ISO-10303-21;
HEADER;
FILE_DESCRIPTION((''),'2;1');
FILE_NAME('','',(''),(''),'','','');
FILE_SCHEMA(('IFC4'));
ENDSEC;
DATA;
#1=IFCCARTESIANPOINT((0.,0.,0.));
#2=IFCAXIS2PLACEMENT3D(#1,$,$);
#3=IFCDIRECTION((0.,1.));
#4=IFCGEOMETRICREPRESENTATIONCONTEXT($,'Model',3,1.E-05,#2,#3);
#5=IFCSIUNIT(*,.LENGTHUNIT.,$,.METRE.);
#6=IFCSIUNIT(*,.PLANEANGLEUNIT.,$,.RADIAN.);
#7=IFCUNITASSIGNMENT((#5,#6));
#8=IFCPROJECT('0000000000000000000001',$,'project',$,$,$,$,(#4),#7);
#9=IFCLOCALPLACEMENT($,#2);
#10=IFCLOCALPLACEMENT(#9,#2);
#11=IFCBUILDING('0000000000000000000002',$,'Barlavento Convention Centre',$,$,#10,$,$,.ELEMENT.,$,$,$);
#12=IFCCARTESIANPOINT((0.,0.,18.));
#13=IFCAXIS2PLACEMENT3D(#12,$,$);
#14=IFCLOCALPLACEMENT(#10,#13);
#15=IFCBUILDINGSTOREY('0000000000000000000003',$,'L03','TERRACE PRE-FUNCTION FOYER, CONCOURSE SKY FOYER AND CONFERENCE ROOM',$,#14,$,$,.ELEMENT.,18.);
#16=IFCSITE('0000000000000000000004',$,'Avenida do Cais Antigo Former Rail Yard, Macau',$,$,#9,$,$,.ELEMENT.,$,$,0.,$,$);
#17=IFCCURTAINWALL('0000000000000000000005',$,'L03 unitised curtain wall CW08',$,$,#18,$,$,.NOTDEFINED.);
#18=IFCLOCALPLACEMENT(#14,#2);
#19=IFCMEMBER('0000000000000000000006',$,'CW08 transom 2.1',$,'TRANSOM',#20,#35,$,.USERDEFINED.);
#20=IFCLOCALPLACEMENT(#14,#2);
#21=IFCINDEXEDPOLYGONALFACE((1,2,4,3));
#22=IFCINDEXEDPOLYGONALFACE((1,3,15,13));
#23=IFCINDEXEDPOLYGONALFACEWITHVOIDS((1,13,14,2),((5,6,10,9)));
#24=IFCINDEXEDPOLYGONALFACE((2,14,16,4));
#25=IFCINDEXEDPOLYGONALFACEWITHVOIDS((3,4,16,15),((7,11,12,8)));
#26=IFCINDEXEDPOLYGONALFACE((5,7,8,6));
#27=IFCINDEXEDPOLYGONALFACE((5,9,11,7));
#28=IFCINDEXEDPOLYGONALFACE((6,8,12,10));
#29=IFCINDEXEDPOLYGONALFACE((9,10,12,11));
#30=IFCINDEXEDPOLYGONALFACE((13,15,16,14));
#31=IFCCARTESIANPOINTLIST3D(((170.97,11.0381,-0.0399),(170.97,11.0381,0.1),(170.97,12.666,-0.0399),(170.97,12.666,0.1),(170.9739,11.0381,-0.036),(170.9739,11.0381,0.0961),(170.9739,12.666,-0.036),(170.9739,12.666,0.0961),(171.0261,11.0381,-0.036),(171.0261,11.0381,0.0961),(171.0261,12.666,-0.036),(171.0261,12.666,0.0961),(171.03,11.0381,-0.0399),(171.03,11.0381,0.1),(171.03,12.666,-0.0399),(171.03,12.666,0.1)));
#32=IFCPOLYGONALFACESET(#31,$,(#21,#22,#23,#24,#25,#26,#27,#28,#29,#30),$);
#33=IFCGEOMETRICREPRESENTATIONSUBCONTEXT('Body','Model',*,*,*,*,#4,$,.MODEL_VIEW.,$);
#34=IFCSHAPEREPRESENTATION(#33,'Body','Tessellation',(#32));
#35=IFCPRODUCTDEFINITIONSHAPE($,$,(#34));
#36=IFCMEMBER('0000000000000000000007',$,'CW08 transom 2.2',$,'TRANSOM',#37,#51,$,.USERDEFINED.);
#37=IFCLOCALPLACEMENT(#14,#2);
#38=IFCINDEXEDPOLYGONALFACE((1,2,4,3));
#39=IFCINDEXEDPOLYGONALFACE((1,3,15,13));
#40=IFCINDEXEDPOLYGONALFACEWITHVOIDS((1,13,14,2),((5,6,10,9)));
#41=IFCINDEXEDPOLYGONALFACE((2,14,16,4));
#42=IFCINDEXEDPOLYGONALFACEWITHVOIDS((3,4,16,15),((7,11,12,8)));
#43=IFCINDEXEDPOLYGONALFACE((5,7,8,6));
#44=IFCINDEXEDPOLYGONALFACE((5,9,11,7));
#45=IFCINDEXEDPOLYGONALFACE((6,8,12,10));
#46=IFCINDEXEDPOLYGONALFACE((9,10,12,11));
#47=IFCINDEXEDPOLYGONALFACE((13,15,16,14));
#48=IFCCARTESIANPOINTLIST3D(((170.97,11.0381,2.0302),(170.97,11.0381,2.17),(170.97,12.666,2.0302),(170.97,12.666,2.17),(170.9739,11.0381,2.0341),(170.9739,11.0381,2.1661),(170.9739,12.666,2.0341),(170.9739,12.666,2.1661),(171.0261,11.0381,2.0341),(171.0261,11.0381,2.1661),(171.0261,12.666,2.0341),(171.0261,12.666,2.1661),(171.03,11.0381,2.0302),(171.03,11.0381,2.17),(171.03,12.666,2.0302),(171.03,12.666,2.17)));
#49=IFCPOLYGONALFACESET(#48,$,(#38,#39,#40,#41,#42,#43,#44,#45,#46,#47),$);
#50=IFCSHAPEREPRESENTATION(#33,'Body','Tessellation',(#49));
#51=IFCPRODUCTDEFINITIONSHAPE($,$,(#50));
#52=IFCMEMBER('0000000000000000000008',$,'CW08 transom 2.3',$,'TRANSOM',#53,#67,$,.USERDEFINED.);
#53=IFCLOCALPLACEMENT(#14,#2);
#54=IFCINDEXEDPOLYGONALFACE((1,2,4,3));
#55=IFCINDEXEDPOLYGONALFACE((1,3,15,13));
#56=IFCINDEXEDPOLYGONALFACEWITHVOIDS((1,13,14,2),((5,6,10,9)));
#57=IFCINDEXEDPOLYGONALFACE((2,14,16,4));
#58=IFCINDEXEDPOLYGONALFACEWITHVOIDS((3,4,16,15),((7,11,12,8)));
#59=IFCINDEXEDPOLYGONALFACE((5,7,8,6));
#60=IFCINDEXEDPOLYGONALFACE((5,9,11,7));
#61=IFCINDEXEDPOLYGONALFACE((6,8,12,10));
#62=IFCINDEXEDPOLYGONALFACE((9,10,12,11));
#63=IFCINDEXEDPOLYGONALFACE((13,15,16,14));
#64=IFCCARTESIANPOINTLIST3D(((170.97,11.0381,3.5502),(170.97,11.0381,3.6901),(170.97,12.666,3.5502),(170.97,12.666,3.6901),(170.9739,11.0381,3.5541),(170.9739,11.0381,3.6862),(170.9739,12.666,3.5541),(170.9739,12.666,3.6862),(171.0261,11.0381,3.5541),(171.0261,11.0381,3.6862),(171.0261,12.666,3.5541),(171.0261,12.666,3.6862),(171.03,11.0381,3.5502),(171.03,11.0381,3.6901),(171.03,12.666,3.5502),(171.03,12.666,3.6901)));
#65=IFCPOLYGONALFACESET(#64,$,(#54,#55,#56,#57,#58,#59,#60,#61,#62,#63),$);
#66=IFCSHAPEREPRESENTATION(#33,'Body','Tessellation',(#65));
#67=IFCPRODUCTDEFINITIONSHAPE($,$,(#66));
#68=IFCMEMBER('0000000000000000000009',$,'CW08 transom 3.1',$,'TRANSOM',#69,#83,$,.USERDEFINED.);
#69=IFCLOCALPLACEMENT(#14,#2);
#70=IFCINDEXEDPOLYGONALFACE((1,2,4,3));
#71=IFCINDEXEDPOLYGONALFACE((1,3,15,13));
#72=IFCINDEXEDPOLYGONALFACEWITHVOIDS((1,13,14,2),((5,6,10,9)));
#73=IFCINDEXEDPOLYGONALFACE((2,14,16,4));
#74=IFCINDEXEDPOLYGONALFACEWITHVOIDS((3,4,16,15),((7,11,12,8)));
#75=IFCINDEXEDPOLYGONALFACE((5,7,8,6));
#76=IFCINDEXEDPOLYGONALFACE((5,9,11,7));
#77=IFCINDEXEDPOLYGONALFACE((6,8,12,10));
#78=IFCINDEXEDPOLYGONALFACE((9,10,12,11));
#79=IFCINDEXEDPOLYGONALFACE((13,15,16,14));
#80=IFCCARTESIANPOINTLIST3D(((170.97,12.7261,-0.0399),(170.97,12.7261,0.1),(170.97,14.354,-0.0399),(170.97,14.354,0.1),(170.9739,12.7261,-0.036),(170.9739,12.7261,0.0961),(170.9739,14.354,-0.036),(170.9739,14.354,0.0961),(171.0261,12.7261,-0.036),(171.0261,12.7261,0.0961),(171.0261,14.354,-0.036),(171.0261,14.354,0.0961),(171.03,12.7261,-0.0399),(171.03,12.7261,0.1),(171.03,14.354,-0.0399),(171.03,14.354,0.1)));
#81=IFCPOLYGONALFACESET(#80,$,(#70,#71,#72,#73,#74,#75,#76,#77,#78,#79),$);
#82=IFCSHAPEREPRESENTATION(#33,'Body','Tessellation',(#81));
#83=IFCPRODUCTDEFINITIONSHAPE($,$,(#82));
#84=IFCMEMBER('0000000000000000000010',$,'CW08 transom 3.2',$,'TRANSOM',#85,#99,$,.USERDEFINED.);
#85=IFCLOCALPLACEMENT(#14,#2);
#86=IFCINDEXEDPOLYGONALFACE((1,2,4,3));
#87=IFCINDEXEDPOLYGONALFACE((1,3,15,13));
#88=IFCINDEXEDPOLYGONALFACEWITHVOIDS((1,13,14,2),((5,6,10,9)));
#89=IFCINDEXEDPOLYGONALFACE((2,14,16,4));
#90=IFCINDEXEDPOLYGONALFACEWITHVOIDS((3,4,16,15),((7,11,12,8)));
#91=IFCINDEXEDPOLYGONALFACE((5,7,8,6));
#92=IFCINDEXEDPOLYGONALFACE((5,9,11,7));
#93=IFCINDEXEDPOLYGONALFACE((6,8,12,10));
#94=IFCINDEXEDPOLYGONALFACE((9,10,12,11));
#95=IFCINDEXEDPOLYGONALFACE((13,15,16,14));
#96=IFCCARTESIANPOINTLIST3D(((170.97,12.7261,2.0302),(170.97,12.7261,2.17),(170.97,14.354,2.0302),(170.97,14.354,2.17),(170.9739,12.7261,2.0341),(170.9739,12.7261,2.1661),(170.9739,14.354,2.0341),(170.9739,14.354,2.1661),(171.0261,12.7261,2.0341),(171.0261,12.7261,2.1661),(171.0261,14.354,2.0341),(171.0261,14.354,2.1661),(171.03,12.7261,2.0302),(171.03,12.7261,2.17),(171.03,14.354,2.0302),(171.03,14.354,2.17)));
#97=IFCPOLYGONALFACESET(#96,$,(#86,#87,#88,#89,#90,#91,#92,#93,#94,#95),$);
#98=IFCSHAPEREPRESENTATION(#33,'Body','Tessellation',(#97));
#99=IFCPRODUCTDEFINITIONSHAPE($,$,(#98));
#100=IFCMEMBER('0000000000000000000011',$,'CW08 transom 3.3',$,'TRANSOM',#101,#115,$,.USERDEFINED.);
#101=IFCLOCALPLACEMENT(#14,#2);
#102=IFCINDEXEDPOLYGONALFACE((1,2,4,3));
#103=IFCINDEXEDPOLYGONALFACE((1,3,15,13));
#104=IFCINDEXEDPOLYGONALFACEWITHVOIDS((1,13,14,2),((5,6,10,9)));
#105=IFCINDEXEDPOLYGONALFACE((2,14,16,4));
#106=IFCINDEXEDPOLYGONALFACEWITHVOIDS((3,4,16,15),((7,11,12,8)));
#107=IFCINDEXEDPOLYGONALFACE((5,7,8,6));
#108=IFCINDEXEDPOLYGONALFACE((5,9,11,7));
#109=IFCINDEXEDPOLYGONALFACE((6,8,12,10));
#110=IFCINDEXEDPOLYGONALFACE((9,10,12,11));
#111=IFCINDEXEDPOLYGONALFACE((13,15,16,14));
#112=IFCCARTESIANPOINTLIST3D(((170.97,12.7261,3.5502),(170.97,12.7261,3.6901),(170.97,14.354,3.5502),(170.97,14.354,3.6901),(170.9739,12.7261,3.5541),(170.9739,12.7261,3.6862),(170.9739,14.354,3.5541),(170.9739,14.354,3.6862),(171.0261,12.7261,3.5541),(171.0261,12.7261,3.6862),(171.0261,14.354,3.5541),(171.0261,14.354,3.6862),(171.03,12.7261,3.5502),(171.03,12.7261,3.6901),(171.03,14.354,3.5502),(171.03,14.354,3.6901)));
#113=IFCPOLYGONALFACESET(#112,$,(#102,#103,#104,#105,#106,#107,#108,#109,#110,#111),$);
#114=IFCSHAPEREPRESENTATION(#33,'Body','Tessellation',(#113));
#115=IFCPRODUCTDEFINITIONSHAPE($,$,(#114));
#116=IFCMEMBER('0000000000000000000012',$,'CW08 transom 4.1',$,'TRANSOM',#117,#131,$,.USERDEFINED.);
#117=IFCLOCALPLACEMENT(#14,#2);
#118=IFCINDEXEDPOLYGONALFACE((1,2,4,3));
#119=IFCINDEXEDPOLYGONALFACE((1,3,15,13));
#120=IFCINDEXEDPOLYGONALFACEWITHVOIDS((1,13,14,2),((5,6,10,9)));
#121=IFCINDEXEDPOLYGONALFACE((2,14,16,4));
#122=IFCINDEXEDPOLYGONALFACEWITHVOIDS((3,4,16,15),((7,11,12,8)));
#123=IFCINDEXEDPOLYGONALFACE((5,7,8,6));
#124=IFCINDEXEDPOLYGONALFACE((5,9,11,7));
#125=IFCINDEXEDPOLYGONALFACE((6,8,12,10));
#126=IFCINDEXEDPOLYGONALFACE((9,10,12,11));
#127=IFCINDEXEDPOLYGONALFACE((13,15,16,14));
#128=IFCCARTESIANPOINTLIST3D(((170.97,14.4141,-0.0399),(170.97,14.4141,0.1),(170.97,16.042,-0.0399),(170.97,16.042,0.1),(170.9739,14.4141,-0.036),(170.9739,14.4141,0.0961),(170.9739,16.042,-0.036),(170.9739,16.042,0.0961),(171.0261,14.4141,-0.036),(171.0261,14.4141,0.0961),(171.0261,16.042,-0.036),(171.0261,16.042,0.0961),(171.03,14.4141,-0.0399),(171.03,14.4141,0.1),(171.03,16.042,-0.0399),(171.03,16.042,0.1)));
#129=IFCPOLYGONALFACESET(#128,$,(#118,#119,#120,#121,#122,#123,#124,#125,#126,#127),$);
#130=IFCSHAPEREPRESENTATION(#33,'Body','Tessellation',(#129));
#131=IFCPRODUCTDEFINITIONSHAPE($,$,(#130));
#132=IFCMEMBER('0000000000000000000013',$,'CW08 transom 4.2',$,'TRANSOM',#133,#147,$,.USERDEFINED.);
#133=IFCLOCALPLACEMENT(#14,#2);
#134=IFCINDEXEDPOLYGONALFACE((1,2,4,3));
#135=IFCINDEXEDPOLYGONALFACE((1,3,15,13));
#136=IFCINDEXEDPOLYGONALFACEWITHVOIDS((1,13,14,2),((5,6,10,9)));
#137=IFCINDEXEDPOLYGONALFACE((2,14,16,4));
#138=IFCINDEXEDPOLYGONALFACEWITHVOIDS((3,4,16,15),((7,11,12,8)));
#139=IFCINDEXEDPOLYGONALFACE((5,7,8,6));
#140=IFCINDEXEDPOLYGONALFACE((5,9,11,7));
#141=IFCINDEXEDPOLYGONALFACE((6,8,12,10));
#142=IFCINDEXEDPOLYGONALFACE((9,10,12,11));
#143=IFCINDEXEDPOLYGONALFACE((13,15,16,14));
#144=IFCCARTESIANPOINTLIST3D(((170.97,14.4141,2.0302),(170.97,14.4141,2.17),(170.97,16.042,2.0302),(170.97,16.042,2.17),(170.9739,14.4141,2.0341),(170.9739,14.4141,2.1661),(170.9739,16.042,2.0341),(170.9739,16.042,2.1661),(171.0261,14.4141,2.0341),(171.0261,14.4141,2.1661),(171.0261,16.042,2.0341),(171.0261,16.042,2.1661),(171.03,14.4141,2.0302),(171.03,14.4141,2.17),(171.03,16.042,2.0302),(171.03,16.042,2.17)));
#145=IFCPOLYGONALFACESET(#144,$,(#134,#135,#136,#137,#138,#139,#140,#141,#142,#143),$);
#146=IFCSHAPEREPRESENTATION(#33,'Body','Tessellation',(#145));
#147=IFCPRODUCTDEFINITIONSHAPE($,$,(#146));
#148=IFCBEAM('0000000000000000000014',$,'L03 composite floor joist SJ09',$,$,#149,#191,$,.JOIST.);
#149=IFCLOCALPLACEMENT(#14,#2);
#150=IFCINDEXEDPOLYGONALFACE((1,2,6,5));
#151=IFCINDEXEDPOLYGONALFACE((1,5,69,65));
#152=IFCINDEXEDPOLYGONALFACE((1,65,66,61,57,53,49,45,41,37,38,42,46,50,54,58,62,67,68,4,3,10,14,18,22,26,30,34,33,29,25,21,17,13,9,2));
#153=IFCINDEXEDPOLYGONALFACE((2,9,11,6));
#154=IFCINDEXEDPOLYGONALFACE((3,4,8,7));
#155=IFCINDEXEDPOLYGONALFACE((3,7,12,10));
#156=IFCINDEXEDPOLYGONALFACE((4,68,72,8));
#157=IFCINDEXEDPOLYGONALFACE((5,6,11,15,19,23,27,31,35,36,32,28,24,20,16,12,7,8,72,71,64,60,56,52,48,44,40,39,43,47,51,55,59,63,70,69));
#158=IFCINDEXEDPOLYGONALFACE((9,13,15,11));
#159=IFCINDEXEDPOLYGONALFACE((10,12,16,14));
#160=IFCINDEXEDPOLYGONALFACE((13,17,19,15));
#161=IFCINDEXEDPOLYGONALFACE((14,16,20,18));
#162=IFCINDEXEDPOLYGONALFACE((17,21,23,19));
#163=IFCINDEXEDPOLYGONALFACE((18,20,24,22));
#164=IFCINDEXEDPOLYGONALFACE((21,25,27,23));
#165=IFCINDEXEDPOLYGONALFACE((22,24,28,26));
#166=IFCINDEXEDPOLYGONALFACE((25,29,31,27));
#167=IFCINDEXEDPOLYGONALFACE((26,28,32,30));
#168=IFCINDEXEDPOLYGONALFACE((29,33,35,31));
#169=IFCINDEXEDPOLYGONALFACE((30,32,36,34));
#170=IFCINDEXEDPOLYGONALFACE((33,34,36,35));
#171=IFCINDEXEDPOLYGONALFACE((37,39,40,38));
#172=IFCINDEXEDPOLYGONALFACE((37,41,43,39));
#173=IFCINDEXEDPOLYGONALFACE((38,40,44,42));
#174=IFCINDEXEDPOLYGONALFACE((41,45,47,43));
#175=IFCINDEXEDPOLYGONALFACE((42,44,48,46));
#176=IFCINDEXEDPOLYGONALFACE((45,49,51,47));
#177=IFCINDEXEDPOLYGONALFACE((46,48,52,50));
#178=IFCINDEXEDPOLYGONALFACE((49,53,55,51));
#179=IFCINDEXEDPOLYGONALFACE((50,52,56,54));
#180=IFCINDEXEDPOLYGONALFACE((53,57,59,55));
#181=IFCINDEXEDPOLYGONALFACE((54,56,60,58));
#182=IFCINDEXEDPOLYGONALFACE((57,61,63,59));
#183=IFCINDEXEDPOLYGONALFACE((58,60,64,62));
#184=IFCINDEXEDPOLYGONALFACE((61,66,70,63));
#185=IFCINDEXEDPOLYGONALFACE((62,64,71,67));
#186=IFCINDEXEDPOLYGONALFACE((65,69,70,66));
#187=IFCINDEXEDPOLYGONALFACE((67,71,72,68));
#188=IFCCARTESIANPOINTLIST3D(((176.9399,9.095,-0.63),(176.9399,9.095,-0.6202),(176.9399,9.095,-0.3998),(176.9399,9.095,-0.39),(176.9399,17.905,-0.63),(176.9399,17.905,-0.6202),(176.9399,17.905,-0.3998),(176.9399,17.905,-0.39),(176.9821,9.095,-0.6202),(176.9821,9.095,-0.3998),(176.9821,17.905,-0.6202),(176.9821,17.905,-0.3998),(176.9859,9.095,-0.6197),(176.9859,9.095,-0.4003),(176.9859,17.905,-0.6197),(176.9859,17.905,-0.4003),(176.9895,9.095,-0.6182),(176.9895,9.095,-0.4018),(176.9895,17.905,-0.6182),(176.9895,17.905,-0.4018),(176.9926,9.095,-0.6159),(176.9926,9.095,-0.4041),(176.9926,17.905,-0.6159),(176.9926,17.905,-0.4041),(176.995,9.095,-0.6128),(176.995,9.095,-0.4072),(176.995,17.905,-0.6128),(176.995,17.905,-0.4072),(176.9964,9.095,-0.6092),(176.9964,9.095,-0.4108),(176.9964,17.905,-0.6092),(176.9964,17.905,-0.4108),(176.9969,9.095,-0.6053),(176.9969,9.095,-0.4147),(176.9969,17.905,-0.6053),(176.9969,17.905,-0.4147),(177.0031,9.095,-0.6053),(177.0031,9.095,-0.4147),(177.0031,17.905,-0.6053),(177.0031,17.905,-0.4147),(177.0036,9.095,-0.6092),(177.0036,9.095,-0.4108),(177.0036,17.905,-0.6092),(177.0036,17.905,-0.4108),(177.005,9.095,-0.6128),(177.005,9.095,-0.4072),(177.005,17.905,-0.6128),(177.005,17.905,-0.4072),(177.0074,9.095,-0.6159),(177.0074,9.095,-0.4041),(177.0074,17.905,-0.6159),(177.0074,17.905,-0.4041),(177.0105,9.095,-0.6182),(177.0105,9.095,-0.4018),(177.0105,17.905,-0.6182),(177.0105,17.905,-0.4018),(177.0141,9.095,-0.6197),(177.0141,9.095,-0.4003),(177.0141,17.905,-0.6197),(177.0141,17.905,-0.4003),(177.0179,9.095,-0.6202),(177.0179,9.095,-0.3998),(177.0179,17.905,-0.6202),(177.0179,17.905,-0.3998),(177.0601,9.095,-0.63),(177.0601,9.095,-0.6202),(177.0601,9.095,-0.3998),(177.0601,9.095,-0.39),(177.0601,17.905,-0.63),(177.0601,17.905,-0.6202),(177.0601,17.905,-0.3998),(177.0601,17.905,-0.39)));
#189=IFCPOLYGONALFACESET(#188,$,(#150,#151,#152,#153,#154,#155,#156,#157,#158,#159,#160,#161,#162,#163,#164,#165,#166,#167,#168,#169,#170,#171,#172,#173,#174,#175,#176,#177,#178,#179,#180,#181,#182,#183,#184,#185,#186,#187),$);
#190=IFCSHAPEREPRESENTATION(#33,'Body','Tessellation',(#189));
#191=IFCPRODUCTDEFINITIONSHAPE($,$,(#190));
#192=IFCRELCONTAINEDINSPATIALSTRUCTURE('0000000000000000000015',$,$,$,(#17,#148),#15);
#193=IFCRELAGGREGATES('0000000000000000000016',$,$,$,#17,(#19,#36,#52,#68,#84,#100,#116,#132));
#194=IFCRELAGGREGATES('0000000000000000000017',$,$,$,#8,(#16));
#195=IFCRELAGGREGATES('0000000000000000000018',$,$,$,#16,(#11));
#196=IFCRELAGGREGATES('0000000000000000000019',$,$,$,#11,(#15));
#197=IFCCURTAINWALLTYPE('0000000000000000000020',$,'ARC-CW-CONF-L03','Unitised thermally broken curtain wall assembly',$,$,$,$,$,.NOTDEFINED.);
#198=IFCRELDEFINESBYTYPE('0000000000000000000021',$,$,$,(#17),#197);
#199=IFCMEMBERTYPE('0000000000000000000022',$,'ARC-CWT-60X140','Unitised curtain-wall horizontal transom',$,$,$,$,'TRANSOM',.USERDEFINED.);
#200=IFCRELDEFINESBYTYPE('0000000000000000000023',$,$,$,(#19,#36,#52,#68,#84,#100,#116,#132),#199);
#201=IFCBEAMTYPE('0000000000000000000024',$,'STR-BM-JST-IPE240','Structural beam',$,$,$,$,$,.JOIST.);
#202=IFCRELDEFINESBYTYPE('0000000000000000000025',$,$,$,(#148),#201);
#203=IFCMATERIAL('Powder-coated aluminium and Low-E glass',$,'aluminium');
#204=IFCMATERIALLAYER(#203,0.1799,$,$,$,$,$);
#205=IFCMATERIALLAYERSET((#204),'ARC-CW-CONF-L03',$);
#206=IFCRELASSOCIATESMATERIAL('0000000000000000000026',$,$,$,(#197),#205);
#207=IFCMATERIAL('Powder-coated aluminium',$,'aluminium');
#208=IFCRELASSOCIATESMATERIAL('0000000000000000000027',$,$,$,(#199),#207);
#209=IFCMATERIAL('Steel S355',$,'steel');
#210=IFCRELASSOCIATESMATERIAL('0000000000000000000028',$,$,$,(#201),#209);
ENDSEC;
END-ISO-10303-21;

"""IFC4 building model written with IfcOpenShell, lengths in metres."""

from ifc_helpers import new_model, si_unit, direction, frame, origin, origin_2d, place, context, subcontext, project, spatial, hollow_rectangle, i_section, extrude, material, layer, layer_set, material_profile, profile_set, type_object, element, aggregate, save


model = new_model("IFC4")

# Units and contexts
model_context = context("Model", 3, precision=1e-05, world=origin(), true_north=direction((0.0, 1.0)))
body_context = subcontext(model_context, "Body", "Model", "MODEL_VIEW")
ifc_project = project(units=[si_unit("LENGTHUNIT", "METRE"), si_unit("PLANEANGLEUNIT", "RADIAN")], contexts=[model_context])

# Site, building, storey
site_placement = place(None, origin())
site = spatial("IfcSite", under=ifc_project, at=site_placement, Name="Avenida do Cais Antigo Former Rail Yard, Macau", CompositionType="ELEMENT", RefElevation=0.0)
building_placement = place(site_placement, origin())
building = spatial("IfcBuilding", under=site, at=building_placement, Name="Barlavento Convention Centre", CompositionType="ELEMENT")
storey_placement = place(building_placement, frame((0.0, 0.0, 18.0)))
storey = spatial("IfcBuildingStorey", under=building, at=storey_placement, Name="L03", Description="TERRACE PRE-FUNCTION FOYER, CONCOURSE SKY FOYER AND CONFERENCE ROOM", CompositionType="ELEMENT", Elevation=18.0)

# Curtain wall
ifc_material_1 = material(Name="Powder-coated aluminium and Low-E glass", Category="aluminium")
ifc_layer_1 = layer(ifc_material_1, 0.1799)
ifc_layer_set_1 = layer_set([ifc_layer_1], Name="ARC-CW-CONF-L03")
curtain_wall_type = type_object("IfcCurtainWallType", Name="ARC-CW-CONF-L03", Description="Unitised thermally broken curtain wall assembly", PredefinedType="NOTDEFINED", material=ifc_layer_set_1)
ifc_material_2 = material(Name="Powder-coated aluminium", Category="aluminium")
curtain_wall_1_placement = place(storey_placement, origin())
curtain_wall_1 = element("IfcCurtainWall", 1, at=curtain_wall_1_placement, inside=storey, type_object=curtain_wall_type, Name="L03 unitised curtain wall CW08", PredefinedType="NOTDEFINED")

# Members
ifc_material_profile_1 = material_profile(ifc_material_2, hollow_rectangle(XDim=0.0601, YDim=0.1399, WallThickness=0.0039, at=origin_2d()), Name="AL-TRAN 60x140x4")
ifc_profile_set_1 = profile_set([ifc_material_profile_1], Name="Powder-coated aluminium")
member_type_1 = type_object("IfcMemberType", Name="ARC-CWT-60X140", Description="Unitised curtain-wall horizontal transom", ElementType="TRANSOM", PredefinedType="USERDEFINED", material=ifc_profile_set_1)
member_1_placement = place(storey_placement, frame((171.0, 11.0381, 0.03), z_axis=(0.0, 1.0, 0.0), x_axis=(-1.0, 0.0, 0.0)))
member_1 = element("IfcMember", 2, at=member_1_placement, type_object=member_type_1, Name="CW08 transom 2.1", ObjectType="TRANSOM", PredefinedType="USERDEFINED", context=body_context, shape_type="SweptSolid", body=[
    extrude(hollow_rectangle(XDim=0.0601, YDim=0.1399, WallThickness=0.0039, at=origin_2d()), origin(), (0.0, 0.0, 1.0), 1.6279),
])
member_2_placement = place(storey_placement, frame((171.0, 11.0381, 2.1001), z_axis=(0.0, 1.0, 0.0), x_axis=(-1.0, 0.0, 0.0)))
member_2 = element("IfcMember", 3, at=member_2_placement, type_object=member_type_1, Name="CW08 transom 2.2", ObjectType="TRANSOM", PredefinedType="USERDEFINED", context=body_context, shape_type="SweptSolid", body=[
    extrude(hollow_rectangle(XDim=0.0601, YDim=0.1399, WallThickness=0.0039, at=origin_2d()), origin(), (0.0, 0.0, 1.0), 1.6279),
])
member_3_placement = place(storey_placement, frame((171.0, 11.0381, 3.6201), z_axis=(0.0, 1.0, 0.0), x_axis=(-1.0, 0.0, 0.0)))
member_3 = element("IfcMember", 4, at=member_3_placement, type_object=member_type_1, Name="CW08 transom 2.3", ObjectType="TRANSOM", PredefinedType="USERDEFINED", context=body_context, shape_type="SweptSolid", body=[
    extrude(hollow_rectangle(XDim=0.0601, YDim=0.1399, WallThickness=0.0039, at=origin_2d()), origin(), (0.0, 0.0, 1.0), 1.6279),
])
member_4_placement = place(storey_placement, frame((171.0, 12.7261, 0.03), z_axis=(0.0, 1.0, 0.0), x_axis=(-1.0, 0.0, 0.0)))
member_4 = element("IfcMember", 5, at=member_4_placement, type_object=member_type_1, Name="CW08 transom 3.1", ObjectType="TRANSOM", PredefinedType="USERDEFINED", context=body_context, shape_type="SweptSolid", body=[
    extrude(hollow_rectangle(XDim=0.0601, YDim=0.1399, WallThickness=0.0039, at=origin_2d()), origin(), (0.0, 0.0, 1.0), 1.6279),
])
member_5_placement = place(storey_placement, frame((171.0, 12.7261, 2.1001), z_axis=(0.0, 1.0, 0.0), x_axis=(-1.0, 0.0, 0.0)))
member_5 = element("IfcMember", 6, at=member_5_placement, type_object=member_type_1, Name="CW08 transom 3.2", ObjectType="TRANSOM", PredefinedType="USERDEFINED", context=body_context, shape_type="SweptSolid", body=[
    extrude(hollow_rectangle(XDim=0.0601, YDim=0.1399, WallThickness=0.0039, at=origin_2d()), origin(), (0.0, 0.0, 1.0), 1.6279),
])
member_6_placement = place(storey_placement, frame((171.0, 12.7261, 3.6201), z_axis=(0.0, 1.0, 0.0), x_axis=(-1.0, 0.0, 0.0)))
member_6 = element("IfcMember", 7, at=member_6_placement, type_object=member_type_1, Name="CW08 transom 3.3", ObjectType="TRANSOM", PredefinedType="USERDEFINED", context=body_context, shape_type="SweptSolid", body=[
    extrude(hollow_rectangle(XDim=0.0601, YDim=0.1399, WallThickness=0.0039, at=origin_2d()), origin(), (0.0, 0.0, 1.0), 1.6279),
])
member_7_placement = place(storey_placement, frame((171.0, 14.4141, 0.03), z_axis=(0.0, 1.0, 0.0), x_axis=(-1.0, 0.0, 0.0)))
member_7 = element("IfcMember", 8, at=member_7_placement, type_object=member_type_1, Name="CW08 transom 4.1", ObjectType="TRANSOM", PredefinedType="USERDEFINED", context=body_context, shape_type="SweptSolid", body=[
    extrude(hollow_rectangle(XDim=0.0601, YDim=0.1399, WallThickness=0.0039, at=origin_2d()), origin(), (0.0, 0.0, 1.0), 1.6279),
])
member_8_placement = place(storey_placement, frame((171.0, 14.4141, 2.1001), z_axis=(0.0, 1.0, 0.0), x_axis=(-1.0, 0.0, 0.0)))
member_8 = element("IfcMember", 9, at=member_8_placement, type_object=member_type_1, Name="CW08 transom 4.2", ObjectType="TRANSOM", PredefinedType="USERDEFINED", context=body_context, shape_type="SweptSolid", body=[
    extrude(hollow_rectangle(XDim=0.0601, YDim=0.1399, WallThickness=0.0039, at=origin_2d()), origin(), (0.0, 0.0, 1.0), 1.6279),
])

# Beam
ifc_material_3 = material(Name="Steel S355", Category="steel")
ifc_material_profile_2 = material_profile(ifc_material_3, i_section(OverallWidth=0.1201, OverallDepth=0.24, WebThickness=0.0061, FlangeThickness=0.0098, FilletRadius=0.0149, at=origin_2d()), Name="IPE 240")
ifc_profile_set_2 = profile_set([ifc_material_profile_2], Name="Steel S355")
beam_type_1 = type_object("IfcBeamType", Name="STR-BM-JST-IPE240", Description="Structural beam", PredefinedType="JOIST", material=ifc_profile_set_2)
beam_1_placement = place(storey_placement, frame((177.0, 9.095, -0.51), z_axis=(0.0, 1.0, 0.0), x_axis=(-1.0, 0.0, 0.0)))
element("IfcBeam", 10, at=beam_1_placement, inside=storey, type_object=beam_type_1, Name="L03 composite floor joist SJ09", PredefinedType="JOIST", context=body_context, shape_type="SweptSolid", body=[
    extrude(i_section(OverallWidth=0.1201, OverallDepth=0.24, WebThickness=0.0061, FlangeThickness=0.0098, FilletRadius=0.0149, at=origin_2d()), origin(), (0.0, 0.0, 1.0), 8.8101),
])

aggregate(curtain_wall_1, [member_1, member_2, member_3, member_4, member_5, member_6, member_7, member_8])

save(model, "model.ifc")
